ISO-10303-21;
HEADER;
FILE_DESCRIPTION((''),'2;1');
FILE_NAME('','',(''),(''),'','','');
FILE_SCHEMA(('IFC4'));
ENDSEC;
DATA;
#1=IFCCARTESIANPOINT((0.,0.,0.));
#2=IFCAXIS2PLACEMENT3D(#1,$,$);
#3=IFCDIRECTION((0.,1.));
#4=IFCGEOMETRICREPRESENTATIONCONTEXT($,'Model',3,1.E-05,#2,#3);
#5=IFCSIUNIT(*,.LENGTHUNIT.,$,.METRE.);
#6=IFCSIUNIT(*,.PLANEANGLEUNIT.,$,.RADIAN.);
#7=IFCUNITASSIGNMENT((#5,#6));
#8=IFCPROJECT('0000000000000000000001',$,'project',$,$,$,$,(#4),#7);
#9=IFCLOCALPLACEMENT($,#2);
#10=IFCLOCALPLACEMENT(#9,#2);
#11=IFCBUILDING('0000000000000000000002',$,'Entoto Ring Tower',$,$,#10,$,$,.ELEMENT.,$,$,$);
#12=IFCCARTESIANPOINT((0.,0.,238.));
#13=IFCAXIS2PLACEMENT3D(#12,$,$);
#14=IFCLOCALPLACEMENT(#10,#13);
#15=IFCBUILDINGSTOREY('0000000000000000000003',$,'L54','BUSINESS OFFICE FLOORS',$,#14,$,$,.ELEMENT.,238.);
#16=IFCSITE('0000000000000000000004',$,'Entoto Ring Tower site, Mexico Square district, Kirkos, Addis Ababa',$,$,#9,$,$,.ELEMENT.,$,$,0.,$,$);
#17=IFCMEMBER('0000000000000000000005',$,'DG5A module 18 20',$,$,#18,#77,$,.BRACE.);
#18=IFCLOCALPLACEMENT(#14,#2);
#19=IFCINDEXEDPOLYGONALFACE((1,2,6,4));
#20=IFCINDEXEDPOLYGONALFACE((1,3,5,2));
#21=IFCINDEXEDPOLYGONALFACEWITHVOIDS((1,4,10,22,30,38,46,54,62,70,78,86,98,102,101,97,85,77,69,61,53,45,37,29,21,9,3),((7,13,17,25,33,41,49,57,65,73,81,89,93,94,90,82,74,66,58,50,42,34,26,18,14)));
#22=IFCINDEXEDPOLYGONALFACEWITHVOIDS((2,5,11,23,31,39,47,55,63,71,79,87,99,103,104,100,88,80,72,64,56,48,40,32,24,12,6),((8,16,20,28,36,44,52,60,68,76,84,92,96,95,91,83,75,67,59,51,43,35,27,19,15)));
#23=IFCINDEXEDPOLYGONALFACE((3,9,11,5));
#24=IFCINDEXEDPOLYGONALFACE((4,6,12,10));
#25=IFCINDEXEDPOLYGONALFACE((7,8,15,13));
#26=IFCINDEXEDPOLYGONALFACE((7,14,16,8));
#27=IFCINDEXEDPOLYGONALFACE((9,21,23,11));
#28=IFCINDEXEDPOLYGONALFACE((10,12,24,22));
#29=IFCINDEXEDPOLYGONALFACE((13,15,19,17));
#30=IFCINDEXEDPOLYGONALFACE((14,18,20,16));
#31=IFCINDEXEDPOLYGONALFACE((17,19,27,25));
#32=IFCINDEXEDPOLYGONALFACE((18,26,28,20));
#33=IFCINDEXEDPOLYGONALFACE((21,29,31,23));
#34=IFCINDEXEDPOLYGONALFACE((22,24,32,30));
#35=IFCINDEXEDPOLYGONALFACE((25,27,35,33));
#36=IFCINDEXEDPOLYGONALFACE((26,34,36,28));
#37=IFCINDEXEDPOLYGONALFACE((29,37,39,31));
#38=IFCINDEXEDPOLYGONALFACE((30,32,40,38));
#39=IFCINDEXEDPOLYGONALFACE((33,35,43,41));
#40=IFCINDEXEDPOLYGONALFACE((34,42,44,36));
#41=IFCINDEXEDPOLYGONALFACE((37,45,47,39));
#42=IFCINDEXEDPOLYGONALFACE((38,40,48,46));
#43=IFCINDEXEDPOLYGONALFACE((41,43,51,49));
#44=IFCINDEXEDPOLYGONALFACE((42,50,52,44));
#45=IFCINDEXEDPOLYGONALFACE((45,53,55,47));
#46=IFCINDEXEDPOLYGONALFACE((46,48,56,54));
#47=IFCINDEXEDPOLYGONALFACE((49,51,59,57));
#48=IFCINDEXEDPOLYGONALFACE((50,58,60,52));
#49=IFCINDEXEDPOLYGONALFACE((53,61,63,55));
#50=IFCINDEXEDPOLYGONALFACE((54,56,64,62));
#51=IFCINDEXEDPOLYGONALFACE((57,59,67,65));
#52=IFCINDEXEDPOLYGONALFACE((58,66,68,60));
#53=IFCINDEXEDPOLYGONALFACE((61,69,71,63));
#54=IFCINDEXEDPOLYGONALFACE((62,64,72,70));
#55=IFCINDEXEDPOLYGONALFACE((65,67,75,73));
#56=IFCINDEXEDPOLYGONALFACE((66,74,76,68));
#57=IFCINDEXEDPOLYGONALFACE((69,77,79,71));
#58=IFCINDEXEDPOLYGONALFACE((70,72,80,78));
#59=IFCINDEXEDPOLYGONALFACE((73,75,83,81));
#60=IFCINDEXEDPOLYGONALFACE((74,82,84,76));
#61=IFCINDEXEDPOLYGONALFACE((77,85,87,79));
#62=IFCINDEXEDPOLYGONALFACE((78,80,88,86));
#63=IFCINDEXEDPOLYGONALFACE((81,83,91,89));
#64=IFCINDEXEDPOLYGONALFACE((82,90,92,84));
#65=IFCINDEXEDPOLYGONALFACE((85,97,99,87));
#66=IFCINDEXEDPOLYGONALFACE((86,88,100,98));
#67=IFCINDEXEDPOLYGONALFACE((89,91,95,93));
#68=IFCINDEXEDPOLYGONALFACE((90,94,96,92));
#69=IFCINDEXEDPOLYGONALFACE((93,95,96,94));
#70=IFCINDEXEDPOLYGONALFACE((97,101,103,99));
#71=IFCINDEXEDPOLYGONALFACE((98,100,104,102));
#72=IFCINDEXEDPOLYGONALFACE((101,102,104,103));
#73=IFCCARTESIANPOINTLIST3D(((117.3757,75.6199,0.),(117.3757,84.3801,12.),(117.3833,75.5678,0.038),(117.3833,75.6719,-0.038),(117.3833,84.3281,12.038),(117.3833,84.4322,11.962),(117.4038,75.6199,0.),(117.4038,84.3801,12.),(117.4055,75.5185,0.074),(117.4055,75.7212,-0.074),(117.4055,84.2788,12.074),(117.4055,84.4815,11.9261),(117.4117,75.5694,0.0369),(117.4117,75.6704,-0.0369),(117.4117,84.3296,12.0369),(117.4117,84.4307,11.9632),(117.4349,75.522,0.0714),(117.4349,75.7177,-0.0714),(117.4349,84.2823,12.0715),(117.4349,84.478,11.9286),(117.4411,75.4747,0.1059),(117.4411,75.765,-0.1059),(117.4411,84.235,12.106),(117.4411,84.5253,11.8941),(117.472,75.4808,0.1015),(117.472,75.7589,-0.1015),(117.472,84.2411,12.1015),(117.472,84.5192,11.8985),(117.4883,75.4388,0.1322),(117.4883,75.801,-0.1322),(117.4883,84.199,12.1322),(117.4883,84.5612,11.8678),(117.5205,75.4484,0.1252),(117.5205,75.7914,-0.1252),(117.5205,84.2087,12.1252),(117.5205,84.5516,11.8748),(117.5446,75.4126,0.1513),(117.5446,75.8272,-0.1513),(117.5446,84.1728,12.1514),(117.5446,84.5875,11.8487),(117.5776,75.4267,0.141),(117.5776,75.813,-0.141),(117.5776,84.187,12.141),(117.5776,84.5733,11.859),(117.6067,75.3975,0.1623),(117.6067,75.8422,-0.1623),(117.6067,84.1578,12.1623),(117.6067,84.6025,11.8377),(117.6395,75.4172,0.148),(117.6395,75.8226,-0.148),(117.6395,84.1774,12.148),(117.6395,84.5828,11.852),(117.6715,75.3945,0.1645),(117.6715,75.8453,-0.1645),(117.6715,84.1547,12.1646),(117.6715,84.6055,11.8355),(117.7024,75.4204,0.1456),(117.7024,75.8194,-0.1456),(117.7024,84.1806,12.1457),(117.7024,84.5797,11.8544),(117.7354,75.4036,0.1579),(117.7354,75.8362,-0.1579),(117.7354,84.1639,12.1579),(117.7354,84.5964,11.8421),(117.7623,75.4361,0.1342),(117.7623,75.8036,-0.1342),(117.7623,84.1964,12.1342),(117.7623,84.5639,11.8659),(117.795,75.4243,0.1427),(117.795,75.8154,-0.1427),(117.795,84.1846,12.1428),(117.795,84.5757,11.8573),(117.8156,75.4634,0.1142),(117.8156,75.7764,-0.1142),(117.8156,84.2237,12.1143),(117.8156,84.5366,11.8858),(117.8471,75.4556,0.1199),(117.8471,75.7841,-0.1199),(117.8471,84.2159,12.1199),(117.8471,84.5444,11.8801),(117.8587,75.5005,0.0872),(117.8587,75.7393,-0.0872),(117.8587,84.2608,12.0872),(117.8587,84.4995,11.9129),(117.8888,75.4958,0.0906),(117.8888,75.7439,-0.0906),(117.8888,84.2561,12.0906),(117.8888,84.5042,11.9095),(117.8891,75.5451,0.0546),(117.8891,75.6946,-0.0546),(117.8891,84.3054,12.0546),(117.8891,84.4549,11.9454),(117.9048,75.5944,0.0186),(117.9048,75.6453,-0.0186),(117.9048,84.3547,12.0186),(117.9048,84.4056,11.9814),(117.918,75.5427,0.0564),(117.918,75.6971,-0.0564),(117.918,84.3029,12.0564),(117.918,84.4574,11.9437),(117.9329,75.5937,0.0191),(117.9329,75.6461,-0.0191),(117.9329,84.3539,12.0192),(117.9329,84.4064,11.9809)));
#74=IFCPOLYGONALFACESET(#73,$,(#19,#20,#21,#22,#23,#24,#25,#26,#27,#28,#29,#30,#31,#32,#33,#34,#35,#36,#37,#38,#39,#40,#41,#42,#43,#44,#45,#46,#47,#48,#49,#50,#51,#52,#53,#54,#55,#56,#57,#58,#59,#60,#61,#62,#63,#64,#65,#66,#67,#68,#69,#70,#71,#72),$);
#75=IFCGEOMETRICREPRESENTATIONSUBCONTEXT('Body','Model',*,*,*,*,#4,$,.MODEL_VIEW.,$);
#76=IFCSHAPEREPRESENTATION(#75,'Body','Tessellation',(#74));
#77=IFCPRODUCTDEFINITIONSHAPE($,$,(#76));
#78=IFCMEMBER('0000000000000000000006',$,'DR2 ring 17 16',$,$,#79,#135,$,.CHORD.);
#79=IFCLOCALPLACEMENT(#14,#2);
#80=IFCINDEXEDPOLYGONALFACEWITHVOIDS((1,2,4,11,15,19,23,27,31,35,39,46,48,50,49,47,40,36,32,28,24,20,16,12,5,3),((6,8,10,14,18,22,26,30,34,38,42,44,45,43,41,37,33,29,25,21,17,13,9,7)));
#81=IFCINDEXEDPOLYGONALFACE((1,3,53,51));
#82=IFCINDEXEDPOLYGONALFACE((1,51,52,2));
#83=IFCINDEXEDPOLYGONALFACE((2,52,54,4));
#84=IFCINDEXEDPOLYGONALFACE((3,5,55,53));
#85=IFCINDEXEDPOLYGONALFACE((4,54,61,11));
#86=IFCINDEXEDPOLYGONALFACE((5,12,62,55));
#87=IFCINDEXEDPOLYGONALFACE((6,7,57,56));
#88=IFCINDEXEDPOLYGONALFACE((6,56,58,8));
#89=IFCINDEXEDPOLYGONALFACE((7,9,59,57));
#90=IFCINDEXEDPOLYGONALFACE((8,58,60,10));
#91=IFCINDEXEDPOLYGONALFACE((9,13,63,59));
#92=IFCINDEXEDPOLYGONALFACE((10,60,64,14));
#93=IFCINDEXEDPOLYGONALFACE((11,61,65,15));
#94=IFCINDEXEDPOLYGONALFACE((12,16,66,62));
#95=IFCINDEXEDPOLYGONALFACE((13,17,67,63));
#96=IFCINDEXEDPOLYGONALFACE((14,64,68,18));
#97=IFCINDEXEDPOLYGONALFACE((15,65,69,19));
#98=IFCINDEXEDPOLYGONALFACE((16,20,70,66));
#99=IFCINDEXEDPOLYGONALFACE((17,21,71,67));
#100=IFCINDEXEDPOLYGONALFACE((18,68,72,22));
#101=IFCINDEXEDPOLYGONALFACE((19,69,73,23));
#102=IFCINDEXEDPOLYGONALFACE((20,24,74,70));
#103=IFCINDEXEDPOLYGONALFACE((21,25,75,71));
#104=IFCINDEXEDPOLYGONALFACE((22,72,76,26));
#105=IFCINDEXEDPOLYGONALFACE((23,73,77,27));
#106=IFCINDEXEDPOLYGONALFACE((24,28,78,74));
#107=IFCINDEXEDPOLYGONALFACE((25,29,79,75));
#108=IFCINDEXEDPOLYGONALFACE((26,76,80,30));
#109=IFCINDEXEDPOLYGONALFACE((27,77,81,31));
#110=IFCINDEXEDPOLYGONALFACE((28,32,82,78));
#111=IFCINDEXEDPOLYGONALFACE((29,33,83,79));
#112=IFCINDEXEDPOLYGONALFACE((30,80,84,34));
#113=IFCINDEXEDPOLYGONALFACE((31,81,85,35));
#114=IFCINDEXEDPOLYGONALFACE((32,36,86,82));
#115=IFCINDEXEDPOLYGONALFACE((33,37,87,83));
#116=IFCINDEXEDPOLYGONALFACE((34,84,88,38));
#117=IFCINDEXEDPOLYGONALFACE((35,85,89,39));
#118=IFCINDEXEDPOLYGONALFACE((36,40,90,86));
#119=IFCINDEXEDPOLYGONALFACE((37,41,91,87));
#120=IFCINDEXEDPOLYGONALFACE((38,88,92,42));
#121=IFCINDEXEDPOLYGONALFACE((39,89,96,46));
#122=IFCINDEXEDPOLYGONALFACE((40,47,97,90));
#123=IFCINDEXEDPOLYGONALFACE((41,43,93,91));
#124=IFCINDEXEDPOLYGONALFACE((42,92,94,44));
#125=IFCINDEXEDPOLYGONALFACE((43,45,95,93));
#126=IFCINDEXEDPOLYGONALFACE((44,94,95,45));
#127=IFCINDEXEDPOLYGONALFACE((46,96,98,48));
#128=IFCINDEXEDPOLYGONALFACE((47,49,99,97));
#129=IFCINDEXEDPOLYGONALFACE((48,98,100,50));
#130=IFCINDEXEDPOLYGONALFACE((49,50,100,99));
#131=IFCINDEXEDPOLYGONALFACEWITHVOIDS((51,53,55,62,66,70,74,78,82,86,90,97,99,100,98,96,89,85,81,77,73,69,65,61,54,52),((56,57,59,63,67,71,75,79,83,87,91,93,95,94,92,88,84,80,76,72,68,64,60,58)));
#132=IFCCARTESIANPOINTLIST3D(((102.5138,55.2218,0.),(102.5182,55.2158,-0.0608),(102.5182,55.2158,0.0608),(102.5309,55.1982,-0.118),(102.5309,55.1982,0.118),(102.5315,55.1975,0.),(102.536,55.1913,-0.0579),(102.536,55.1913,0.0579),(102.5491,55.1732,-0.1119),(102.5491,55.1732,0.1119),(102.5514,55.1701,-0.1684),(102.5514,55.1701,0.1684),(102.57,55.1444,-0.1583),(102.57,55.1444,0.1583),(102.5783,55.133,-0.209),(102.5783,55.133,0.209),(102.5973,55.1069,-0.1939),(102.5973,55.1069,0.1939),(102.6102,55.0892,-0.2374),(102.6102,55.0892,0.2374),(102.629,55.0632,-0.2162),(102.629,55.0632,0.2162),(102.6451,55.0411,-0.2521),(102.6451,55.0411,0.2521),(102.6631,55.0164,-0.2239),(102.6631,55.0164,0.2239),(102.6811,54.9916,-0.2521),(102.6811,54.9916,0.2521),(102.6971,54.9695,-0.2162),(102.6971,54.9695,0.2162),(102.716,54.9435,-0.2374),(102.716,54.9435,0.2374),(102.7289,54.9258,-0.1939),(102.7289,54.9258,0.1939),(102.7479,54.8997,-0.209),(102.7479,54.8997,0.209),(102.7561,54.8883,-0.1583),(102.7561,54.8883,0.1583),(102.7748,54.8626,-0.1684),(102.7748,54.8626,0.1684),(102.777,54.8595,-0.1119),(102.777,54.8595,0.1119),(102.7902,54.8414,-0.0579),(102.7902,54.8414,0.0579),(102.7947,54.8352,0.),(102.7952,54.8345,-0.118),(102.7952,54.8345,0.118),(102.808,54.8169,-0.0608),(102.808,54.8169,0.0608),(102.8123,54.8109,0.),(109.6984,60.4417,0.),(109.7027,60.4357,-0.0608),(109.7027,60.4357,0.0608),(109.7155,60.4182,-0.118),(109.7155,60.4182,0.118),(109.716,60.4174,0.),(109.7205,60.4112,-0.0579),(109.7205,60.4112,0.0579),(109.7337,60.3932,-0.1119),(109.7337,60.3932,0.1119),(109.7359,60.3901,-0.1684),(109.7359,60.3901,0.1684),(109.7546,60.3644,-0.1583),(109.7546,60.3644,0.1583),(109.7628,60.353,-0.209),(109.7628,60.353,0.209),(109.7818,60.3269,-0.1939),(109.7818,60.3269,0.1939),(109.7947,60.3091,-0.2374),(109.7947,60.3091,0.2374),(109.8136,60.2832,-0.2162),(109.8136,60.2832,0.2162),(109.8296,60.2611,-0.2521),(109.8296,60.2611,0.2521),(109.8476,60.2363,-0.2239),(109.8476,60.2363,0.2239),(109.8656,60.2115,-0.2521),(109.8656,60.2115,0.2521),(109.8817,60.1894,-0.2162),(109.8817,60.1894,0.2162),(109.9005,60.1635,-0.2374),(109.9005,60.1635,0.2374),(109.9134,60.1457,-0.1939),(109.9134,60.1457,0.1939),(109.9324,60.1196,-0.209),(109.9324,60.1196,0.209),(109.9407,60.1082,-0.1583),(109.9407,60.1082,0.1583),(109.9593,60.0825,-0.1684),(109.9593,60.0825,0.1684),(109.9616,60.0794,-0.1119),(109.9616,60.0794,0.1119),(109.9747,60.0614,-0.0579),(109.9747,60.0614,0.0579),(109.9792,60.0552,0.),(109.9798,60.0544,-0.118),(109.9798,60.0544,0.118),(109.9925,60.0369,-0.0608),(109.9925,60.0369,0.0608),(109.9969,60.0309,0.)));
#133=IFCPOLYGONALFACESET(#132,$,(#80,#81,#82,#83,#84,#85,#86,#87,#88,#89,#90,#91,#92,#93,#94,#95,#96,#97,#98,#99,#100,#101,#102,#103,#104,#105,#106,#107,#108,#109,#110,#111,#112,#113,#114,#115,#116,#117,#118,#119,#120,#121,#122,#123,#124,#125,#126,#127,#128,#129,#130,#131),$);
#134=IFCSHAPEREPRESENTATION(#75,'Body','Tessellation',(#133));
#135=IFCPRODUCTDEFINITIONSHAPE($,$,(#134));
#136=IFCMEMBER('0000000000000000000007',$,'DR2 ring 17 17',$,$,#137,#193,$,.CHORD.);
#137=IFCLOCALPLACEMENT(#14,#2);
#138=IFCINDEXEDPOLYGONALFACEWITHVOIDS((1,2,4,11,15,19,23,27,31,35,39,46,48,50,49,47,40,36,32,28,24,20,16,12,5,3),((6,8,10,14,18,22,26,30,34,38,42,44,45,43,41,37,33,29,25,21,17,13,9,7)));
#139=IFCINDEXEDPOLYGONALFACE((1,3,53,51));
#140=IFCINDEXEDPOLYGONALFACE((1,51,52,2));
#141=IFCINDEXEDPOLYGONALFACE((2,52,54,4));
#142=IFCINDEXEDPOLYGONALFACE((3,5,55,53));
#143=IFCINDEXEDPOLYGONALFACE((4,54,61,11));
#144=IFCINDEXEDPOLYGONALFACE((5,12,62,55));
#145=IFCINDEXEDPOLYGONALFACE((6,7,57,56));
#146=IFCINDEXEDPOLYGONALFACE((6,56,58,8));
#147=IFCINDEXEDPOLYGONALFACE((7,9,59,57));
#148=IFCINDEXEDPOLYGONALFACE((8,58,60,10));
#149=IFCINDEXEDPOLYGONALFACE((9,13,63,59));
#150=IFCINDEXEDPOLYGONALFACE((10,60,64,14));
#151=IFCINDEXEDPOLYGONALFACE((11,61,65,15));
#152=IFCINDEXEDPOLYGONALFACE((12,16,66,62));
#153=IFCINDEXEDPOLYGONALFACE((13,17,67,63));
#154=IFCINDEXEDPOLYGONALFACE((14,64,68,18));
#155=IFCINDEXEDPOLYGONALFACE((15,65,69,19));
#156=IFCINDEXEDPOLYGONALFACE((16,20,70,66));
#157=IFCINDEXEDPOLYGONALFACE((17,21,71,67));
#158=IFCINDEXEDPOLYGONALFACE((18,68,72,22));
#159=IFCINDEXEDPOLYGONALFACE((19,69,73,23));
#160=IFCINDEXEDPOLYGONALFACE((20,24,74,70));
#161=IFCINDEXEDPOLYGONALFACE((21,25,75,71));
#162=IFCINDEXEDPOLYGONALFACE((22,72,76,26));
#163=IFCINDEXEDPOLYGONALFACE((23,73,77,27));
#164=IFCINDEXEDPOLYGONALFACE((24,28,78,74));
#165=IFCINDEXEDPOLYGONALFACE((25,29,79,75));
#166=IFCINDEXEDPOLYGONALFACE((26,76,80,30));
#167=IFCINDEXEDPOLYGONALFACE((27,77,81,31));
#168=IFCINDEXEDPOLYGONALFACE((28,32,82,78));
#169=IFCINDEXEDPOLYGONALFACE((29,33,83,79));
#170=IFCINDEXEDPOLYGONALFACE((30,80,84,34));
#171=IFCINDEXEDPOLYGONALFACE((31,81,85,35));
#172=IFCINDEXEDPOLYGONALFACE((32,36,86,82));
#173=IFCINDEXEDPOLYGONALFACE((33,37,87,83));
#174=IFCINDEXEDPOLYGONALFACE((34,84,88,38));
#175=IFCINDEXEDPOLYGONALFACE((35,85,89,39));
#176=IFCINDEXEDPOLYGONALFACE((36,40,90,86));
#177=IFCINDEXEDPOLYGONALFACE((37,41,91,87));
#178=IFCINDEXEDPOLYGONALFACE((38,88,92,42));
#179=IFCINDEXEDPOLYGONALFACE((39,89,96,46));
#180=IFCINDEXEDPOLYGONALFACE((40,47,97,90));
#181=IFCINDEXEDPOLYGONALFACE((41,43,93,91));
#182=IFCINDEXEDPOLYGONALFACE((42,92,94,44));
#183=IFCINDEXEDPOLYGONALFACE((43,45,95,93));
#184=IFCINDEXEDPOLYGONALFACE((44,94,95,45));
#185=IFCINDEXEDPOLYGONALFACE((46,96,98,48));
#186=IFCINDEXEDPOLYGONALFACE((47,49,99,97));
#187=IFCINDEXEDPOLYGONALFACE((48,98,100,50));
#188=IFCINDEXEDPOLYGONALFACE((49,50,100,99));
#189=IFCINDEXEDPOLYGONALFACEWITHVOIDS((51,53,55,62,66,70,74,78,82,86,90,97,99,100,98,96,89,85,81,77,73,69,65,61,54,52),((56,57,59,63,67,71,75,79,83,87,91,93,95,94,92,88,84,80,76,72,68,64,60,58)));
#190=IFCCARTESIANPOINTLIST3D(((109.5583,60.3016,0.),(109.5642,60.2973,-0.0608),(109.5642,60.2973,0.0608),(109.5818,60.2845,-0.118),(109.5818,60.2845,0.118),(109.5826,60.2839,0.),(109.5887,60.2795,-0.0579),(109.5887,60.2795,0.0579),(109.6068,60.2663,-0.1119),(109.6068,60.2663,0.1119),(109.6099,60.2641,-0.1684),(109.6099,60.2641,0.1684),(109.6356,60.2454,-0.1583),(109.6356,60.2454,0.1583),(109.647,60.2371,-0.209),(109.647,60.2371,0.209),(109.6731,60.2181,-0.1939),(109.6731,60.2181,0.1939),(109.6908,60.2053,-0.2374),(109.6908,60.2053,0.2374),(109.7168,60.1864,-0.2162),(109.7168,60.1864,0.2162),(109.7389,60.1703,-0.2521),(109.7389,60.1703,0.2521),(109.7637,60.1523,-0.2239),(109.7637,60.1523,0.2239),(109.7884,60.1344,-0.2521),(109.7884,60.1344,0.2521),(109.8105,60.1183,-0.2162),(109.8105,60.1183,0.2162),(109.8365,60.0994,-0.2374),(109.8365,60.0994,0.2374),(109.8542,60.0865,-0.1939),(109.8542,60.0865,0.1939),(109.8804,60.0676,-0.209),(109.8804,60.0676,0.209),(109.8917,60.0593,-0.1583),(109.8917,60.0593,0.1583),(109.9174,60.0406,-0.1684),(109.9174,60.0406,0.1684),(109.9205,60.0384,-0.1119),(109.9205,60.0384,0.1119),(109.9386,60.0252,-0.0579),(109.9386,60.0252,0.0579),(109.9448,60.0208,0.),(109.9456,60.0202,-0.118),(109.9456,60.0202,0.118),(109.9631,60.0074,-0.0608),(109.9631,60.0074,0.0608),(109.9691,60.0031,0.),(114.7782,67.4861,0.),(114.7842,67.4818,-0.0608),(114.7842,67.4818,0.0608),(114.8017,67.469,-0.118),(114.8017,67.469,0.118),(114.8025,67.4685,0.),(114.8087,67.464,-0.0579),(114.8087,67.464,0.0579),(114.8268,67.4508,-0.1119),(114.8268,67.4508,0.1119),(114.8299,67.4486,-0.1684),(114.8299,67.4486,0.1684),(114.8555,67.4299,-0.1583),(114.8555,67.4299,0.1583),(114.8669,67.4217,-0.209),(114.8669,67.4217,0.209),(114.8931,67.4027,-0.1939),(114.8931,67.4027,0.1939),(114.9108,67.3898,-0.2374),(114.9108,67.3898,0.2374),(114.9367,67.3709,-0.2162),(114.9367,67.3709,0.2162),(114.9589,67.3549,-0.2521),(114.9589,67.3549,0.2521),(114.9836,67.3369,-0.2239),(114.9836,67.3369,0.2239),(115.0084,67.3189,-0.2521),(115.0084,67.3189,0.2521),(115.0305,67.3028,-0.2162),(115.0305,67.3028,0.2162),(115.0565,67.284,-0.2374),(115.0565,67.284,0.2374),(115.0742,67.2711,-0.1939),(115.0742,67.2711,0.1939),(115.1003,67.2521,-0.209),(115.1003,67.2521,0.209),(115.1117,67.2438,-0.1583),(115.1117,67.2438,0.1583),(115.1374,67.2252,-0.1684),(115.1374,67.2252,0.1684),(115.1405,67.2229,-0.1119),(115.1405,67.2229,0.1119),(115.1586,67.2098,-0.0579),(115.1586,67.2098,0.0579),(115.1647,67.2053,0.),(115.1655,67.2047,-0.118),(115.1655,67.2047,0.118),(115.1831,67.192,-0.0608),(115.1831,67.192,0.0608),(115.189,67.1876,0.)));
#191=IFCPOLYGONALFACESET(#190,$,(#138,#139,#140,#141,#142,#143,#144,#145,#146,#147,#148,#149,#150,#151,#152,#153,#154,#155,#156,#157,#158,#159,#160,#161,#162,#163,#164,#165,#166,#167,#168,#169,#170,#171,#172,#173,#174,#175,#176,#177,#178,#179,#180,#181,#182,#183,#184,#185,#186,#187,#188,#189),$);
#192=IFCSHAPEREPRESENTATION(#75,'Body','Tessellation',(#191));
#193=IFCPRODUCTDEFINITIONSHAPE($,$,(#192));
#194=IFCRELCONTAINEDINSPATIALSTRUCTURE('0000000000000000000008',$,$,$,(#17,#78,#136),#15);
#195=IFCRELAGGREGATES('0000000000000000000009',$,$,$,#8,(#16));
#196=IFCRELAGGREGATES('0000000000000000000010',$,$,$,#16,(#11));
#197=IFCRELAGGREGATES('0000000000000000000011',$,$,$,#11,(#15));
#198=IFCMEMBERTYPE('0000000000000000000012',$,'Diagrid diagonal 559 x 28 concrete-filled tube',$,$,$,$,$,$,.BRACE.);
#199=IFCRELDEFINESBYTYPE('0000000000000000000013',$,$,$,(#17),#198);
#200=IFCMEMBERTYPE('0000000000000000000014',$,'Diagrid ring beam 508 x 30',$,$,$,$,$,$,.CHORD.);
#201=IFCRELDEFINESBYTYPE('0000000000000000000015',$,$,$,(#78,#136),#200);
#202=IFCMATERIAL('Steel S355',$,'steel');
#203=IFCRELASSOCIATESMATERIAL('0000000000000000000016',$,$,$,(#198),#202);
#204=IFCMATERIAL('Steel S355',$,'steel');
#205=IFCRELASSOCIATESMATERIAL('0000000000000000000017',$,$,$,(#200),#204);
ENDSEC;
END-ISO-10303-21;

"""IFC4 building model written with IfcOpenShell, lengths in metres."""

from ifc_helpers import new_model, si_unit, direction, frame, origin, origin_2d, place, context, subcontext, project, spatial, circle, hollow_circle, extrude, material, material_profile, profile_set, type_object, element, save


model = new_model("IFC4")

# Units and contexts
model_context = context("Model", 3, precision=1e-05, world=origin(), true_north=direction((0.0, 1.0)))
body_context = subcontext(model_context, "Body", "Model", "MODEL_VIEW")
ifc_project = project(units=[si_unit("LENGTHUNIT", "METRE"), si_unit("PLANEANGLEUNIT", "RADIAN")], contexts=[model_context])

# Site, building, storey
site_placement = place(None, origin())
site = spatial("IfcSite", under=ifc_project, at=site_placement, Name="Entoto Ring Tower site, Mexico Square district, Kirkos, Addis Ababa", CompositionType="ELEMENT", RefElevation=0.0)
building_placement = place(site_placement, origin())
building = spatial("IfcBuilding", under=site, at=building_placement, Name="Entoto Ring Tower", CompositionType="ELEMENT")
storey_placement = place(building_placement, frame((0.0, 0.0, 238.0)))
storey = spatial("IfcBuildingStorey", under=building, at=storey_placement, Name="L54", Description="BUSINESS OFFICE FLOORS", CompositionType="ELEMENT", Elevation=238.0)

# Members
ifc_material_1 = material(Name="Steel S355", Category="steel")
ifc_material_profile_1 = material_profile(ifc_material_1, hollow_circle(Radius=0.2795, WallThickness=0.0281, at=origin_2d()), Name="CHS 559 x 28")
ifc_material_2 = material(Name="Concrete C60/75", Category="concrete")
ifc_material_profile_2 = material_profile(ifc_material_2, circle(Radius=0.2515, at=origin_2d()), Name="Concrete C60/75 infill")
ifc_profile_set_1 = profile_set([ifc_material_profile_1, ifc_material_profile_2], Name="Steel S355")
member_type_1 = type_object("IfcMemberType", Name="Diagrid diagonal 559 x 28 concrete-filled tube", PredefinedType="BRACE", material=ifc_profile_set_1)
for number, where, z_axis, x_axis, name in (
    (1, (117.6553, 75.6199, 0.0), (0.0, 0.589623, 0.807679), (-1.0, 0.0, 0.0), "DG5A module 18 20"),
):
    element("IfcMember", number, at=place(storey_placement, frame(where, z_axis=z_axis, x_axis=x_axis)), inside=storey, type_object=member_type_1, Name=name, PredefinedType="BRACE", context=body_context, shape_type="SweptSolid", body=[
        extrude(hollow_circle(Radius=0.2795, WallThickness=0.0281, at=origin_2d()), origin(), (0.0, 0.0, 1.0), 14.8574),
    ])
ifc_material_3 = material(Name="Steel S355", Category="steel")
ifc_material_profile_3 = material_profile(ifc_material_3, hollow_circle(Radius=0.2539, WallThickness=0.03, at=origin_2d()), Name="CHS 508 x 30")
ifc_material_4 = material(Name="Concrete C60/75", Category="concrete")
ifc_material_profile_4 = material_profile(ifc_material_4, circle(Radius=0.2241, at=origin_2d()), Name="Concrete C60/75 infill")
ifc_profile_set_2 = profile_set([ifc_material_profile_3, ifc_material_profile_4], Name="Steel S355")
member_type_2 = type_object("IfcMemberType", Name="Diagrid ring beam 508 x 30", PredefinedType="CHORD", material=ifc_profile_set_2)
for number, where, z_axis, x_axis, name in (
    (2, (102.6631, 55.0164, 0.0), (0.809013, 0.587791, 0.0), (-0.587791, 0.809013, 0.0), "DR2 ring 17 16"),
    (3, (109.7637, 60.1523, 0.0), (0.587791, 0.809013, 0.0), (-0.809013, 0.587791, 0.0), "DR2 ring 17 17"),
):
    element("IfcMember", number, at=place(storey_placement, frame(where, z_axis=z_axis, x_axis=x_axis)), inside=storey, type_object=member_type_2, Name=name, PredefinedType="CHORD", context=body_context, shape_type="SweptSolid", body=[
        extrude(hollow_circle(Radius=0.2539, WallThickness=0.03, at=origin_2d()), origin(), (0.0, 0.0, 1.0), 8.8806),
    ])

save(model, "model.ifc")
